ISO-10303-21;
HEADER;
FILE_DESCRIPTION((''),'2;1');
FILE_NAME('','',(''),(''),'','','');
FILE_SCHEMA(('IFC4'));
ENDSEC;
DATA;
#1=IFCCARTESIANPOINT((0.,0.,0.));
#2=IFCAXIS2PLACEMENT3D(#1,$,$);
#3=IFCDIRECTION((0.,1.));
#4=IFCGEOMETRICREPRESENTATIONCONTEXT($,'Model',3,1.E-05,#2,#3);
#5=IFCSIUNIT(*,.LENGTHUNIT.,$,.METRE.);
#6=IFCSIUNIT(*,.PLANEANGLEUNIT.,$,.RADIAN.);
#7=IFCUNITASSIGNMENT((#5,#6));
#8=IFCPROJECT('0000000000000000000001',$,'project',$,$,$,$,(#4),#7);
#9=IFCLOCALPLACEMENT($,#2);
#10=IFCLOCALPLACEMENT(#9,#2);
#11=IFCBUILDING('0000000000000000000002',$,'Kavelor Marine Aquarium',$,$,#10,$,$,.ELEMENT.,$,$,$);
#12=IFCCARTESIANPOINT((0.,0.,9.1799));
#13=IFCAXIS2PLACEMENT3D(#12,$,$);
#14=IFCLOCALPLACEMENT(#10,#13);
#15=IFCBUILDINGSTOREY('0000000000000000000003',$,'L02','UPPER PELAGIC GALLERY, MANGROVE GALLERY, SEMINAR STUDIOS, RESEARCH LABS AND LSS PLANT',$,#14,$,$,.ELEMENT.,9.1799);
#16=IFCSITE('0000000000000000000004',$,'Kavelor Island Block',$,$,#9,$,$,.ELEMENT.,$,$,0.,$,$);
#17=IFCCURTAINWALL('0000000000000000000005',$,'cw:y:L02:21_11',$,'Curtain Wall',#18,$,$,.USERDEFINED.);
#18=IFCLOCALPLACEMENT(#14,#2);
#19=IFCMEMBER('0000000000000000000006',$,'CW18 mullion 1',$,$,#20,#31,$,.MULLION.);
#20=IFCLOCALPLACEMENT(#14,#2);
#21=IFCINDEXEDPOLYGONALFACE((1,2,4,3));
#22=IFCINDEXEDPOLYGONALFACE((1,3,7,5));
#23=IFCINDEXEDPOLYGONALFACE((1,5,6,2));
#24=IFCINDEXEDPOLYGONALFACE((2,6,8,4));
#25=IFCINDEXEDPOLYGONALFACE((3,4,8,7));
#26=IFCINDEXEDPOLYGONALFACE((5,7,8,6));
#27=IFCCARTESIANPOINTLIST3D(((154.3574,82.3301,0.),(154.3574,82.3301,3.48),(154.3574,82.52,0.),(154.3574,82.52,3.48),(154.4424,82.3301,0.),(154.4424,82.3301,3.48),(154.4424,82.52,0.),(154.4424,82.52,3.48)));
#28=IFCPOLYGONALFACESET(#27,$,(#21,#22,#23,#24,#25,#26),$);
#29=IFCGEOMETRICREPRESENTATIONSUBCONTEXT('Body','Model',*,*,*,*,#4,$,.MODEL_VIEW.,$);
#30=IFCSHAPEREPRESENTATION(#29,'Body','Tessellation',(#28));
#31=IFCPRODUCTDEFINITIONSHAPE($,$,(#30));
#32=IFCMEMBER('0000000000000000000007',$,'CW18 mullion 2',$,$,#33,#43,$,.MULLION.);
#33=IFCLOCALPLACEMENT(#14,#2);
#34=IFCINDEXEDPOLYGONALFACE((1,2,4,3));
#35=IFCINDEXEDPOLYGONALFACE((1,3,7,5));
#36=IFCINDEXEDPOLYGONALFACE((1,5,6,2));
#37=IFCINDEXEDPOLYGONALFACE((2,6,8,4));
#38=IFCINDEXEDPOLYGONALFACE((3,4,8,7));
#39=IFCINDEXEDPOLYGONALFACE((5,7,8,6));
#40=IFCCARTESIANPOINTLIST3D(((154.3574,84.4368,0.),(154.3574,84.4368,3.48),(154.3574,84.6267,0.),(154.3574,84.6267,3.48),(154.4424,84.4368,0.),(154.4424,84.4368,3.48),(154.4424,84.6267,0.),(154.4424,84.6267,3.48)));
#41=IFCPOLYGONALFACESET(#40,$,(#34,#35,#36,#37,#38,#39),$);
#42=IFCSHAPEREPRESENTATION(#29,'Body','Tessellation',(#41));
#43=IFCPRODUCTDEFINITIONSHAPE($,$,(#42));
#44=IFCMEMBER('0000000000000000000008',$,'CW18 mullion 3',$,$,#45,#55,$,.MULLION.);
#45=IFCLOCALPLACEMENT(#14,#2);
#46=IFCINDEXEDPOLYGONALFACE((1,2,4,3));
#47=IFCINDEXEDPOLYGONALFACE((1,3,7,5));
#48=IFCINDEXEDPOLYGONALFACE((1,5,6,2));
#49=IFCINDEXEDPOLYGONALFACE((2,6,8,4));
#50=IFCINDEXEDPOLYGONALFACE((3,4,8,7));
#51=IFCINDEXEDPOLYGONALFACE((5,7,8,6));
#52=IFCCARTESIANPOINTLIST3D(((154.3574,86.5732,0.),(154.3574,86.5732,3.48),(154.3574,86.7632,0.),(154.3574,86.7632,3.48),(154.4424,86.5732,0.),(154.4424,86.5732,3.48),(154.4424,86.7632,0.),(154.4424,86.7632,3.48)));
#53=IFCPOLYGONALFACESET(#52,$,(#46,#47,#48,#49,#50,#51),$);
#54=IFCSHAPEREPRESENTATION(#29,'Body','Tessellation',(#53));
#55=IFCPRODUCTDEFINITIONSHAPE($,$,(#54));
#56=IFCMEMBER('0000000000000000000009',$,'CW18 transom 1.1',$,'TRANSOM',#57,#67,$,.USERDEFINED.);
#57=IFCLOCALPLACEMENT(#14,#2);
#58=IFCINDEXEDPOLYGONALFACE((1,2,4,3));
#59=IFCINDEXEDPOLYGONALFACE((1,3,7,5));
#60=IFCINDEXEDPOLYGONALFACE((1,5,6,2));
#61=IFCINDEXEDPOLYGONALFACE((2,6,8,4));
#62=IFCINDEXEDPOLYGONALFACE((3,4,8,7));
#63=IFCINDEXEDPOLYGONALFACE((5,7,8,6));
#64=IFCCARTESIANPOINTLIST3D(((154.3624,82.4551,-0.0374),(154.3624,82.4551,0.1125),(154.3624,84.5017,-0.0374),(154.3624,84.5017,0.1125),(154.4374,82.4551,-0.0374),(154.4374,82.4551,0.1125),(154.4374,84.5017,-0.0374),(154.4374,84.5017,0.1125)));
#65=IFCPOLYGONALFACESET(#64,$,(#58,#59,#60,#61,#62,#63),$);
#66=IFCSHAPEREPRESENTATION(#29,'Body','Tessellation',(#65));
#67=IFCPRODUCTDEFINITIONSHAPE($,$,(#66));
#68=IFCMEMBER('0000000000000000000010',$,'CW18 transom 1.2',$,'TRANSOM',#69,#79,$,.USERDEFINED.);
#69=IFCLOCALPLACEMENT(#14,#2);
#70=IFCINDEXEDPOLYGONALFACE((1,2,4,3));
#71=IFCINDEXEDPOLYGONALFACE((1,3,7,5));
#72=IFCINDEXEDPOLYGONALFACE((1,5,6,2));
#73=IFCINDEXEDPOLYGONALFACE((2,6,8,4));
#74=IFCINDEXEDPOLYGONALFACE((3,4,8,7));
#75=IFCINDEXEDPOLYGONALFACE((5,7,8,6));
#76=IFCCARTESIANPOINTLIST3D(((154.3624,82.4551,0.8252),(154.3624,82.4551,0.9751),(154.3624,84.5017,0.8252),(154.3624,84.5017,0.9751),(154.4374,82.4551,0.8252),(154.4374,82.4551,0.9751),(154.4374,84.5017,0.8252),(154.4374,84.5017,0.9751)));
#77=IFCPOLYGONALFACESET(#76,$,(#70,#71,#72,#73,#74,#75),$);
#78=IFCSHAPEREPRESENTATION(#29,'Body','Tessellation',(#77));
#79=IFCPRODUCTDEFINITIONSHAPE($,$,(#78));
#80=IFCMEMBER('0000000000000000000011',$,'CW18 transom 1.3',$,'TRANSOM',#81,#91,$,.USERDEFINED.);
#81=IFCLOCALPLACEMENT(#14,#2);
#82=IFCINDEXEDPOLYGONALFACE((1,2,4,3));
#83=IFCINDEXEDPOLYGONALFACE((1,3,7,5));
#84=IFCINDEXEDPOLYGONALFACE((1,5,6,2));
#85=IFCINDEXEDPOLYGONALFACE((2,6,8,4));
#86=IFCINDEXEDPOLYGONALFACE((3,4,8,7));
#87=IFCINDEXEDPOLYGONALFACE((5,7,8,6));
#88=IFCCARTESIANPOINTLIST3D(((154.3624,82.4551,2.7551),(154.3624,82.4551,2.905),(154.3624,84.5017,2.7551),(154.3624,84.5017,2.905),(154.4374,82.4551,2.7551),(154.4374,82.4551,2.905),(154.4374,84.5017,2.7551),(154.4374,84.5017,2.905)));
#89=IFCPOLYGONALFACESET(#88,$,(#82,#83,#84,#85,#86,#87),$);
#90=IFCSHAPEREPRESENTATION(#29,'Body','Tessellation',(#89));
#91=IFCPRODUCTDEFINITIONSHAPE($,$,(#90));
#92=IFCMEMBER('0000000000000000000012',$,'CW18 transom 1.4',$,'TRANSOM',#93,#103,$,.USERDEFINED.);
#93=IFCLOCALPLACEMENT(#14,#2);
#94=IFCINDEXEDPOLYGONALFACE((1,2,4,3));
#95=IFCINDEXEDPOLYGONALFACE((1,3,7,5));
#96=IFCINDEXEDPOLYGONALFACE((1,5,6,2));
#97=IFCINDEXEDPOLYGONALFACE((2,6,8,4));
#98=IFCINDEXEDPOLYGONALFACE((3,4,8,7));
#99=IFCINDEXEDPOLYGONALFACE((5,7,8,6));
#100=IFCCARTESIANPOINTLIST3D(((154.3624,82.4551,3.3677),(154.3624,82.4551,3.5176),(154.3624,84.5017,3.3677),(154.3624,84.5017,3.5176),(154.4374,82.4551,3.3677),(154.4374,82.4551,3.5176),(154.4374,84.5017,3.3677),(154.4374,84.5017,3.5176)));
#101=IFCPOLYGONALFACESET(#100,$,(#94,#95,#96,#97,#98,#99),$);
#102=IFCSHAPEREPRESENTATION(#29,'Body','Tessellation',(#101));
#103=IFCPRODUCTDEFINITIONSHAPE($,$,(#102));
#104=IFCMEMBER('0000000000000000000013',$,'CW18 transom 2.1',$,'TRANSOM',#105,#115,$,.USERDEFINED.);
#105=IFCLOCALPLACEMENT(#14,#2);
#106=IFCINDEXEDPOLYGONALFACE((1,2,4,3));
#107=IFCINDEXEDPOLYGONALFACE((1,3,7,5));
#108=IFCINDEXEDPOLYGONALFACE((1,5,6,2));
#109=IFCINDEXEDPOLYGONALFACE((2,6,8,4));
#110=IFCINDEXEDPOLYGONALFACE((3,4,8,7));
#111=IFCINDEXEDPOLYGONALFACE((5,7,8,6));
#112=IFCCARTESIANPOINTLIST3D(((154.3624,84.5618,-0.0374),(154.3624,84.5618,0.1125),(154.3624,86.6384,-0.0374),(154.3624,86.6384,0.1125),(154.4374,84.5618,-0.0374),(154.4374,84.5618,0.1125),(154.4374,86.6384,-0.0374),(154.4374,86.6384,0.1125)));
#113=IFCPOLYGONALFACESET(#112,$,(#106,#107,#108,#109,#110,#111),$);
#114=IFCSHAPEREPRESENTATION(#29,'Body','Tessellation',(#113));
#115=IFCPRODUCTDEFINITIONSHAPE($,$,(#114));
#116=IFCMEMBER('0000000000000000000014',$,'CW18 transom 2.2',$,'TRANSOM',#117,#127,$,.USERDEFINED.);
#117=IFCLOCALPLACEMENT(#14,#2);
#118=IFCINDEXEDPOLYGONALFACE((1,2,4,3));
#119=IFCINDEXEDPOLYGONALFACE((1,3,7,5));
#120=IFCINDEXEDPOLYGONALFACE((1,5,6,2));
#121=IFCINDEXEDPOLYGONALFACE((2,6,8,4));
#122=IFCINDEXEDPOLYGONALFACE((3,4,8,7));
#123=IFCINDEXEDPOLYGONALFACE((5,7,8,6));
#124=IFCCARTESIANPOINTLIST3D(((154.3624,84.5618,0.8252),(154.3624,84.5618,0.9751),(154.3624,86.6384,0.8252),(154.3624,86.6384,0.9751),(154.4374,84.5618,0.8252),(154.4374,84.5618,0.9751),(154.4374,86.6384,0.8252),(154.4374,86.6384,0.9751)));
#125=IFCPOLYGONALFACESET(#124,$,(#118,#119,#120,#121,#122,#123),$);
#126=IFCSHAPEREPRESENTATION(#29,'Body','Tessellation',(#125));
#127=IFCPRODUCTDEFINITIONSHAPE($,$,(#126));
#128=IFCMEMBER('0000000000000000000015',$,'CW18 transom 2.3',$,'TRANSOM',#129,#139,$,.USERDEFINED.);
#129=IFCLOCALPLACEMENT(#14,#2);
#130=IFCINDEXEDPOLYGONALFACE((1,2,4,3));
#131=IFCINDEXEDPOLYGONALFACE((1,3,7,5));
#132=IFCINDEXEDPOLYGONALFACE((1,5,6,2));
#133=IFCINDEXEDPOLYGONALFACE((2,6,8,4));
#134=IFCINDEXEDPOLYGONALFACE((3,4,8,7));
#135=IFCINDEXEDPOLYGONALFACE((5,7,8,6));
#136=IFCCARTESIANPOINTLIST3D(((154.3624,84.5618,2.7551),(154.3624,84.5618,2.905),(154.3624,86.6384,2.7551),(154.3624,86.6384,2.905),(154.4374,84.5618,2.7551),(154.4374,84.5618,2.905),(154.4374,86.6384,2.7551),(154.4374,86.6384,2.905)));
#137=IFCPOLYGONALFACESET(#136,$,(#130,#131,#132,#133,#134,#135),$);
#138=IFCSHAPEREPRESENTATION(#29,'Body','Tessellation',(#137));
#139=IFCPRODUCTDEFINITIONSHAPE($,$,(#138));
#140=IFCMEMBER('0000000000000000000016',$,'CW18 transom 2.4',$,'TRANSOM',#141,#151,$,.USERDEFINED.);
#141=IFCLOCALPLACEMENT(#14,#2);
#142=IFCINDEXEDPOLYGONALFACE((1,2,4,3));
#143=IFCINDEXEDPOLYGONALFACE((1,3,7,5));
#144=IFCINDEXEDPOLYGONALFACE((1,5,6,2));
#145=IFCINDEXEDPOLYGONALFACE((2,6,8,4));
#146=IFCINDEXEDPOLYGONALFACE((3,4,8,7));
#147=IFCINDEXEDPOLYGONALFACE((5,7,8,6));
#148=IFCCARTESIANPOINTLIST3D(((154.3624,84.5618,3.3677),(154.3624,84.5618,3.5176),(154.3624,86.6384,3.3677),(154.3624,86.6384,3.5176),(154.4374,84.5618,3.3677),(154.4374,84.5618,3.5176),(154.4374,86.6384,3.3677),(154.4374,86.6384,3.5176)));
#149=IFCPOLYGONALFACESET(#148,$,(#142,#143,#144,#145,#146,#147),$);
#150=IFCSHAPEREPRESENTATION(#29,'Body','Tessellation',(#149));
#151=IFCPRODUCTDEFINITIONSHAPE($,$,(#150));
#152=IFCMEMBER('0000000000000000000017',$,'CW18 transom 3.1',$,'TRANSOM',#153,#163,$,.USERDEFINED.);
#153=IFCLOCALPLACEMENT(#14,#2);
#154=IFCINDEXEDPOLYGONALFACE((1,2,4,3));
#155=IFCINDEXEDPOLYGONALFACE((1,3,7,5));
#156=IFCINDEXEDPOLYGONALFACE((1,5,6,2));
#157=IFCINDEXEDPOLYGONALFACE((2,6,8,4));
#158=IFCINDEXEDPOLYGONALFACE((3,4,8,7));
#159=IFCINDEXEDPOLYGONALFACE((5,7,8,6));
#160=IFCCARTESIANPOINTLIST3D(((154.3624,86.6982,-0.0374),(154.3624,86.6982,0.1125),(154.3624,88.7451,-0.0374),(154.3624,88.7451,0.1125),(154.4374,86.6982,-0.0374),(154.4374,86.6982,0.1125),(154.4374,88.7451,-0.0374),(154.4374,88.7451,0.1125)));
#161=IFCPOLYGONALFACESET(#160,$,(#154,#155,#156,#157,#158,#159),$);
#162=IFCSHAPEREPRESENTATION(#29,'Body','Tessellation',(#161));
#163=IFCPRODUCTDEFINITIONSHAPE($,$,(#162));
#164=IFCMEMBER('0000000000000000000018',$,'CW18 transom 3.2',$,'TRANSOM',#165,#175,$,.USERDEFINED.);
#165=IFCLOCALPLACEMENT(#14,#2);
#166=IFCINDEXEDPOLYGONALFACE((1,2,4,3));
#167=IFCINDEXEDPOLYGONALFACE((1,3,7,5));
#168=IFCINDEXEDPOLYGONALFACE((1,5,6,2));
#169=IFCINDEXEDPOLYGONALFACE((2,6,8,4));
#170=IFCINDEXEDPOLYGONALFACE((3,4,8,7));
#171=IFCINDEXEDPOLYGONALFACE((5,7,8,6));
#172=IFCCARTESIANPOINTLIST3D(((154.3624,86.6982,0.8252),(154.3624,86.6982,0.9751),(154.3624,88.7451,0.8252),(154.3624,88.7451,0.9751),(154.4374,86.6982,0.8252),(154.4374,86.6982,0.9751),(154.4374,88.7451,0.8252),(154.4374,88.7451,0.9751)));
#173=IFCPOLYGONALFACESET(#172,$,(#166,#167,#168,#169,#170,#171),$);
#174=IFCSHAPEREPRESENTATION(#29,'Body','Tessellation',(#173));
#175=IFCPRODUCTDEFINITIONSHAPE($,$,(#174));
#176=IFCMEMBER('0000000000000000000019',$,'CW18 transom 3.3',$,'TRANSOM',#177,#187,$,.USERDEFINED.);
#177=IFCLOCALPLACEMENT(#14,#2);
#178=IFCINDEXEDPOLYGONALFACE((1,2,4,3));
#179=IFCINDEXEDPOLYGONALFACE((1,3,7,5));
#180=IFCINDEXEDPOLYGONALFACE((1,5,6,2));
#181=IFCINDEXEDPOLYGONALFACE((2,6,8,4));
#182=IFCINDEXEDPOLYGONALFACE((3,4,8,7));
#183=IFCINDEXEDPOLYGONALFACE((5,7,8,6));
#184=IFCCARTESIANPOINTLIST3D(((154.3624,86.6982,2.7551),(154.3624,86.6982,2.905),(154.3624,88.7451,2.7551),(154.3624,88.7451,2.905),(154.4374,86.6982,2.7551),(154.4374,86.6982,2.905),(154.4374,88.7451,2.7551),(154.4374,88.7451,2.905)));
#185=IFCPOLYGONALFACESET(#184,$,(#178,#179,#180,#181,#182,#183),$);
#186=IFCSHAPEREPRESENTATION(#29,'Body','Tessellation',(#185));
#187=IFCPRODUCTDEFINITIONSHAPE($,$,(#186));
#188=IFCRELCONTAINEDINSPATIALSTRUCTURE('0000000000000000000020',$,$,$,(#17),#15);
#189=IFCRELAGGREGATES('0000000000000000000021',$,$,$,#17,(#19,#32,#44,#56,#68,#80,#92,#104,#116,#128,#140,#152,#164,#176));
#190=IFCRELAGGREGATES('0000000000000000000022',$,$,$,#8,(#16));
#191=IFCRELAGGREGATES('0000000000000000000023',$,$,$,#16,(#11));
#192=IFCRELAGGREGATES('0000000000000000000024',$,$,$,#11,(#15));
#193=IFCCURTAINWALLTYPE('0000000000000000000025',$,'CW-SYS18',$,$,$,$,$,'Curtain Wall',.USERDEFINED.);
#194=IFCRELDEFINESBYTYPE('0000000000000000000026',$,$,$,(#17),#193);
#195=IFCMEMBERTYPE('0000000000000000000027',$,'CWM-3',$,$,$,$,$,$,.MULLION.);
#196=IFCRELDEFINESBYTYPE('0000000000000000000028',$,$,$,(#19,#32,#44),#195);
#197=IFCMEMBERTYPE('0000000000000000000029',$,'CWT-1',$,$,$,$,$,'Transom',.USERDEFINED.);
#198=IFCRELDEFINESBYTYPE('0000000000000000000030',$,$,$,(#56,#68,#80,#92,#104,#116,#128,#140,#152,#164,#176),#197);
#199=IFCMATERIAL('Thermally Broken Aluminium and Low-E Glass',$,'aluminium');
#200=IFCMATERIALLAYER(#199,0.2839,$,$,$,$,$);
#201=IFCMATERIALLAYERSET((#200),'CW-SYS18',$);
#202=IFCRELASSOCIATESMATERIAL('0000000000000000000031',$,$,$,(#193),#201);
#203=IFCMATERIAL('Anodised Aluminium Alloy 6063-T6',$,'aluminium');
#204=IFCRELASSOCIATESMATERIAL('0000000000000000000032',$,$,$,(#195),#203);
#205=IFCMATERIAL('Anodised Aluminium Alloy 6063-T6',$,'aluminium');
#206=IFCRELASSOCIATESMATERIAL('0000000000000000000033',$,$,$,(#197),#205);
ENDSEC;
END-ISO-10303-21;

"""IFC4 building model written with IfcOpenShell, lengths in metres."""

from ifc_helpers import new_model, si_unit, direction, frame, origin, origin_2d, place, context, subcontext, project, spatial, rectangle, extrude, material, layer, layer_set, material_profile, profile_set, type_object, element, aggregate, save


model = new_model("IFC4")

# Units and contexts
model_context = context("Model", 3, precision=1e-05, world=origin(), true_north=direction((0.0, 1.0)))
body_context = subcontext(model_context, "Body", "Model", "MODEL_VIEW")
ifc_project = project(units=[si_unit("LENGTHUNIT", "METRE"), si_unit("PLANEANGLEUNIT", "RADIAN")], contexts=[model_context])

# Site, building, storey
site_placement = place(None, origin())
site = spatial("IfcSite", under=ifc_project, at=site_placement, Name="Kavelor Island Block", CompositionType="ELEMENT", RefElevation=0.0)
building_placement = place(site_placement, origin())
building = spatial("IfcBuilding", under=site, at=building_placement, Name="Kavelor Marine Aquarium", CompositionType="ELEMENT")
storey_placement = place(building_placement, frame((0.0, 0.0, 9.1799)))
storey = spatial("IfcBuildingStorey", under=building, at=storey_placement, Name="L02", Description="UPPER PELAGIC GALLERY, MANGROVE GALLERY, SEMINAR STUDIOS, RESEARCH LABS AND LSS PLANT", CompositionType="ELEMENT", Elevation=9.1799)

# Curtain wall, members
ifc_material_1 = material(Name="Thermally Broken Aluminium and Low-E Glass", Category="aluminium")
ifc_layer_1 = layer(ifc_material_1, 0.2839)
ifc_layer_set_1 = layer_set([ifc_layer_1], Name="CW-SYS18")
curtain_wall_type = type_object("IfcCurtainWallType", Name="CW-SYS18", ElementType="Curtain Wall", PredefinedType="USERDEFINED", material=ifc_layer_set_1)
curtain_wall_placement = place(storey_placement, origin())
curtain_wall = element("IfcCurtainWall", 1, at=curtain_wall_placement, inside=storey, type_object=curtain_wall_type, Name="cw:y:L02:21_11", ObjectType="Curtain Wall", PredefinedType="USERDEFINED")
ifc_material_2 = material(Name="Anodised Aluminium Alloy 6063-T6", Category="aluminium")
ifc_material_profile_1 = material_profile(ifc_material_2, rectangle(XDim=0.085, YDim=0.1899, at=origin_2d()), Name="CW-MUL 85x190")
ifc_profile_set_1 = profile_set([ifc_material_profile_1], Name="Anodised Aluminium Alloy 6063-T6")
member_type_1 = type_object("IfcMemberType", Name="CWM-3", PredefinedType="MULLION", material=ifc_profile_set_1)
member_1_placement = place(storey_placement, frame((154.3999, 82.425, 0.0), z_axis=(0.0, 0.0, 1.0), x_axis=(-1.0, 0.0, 0.0)))
member_1 = element("IfcMember", 2, at=member_1_placement, type_object=member_type_1, Name="CW18 mullion 1", PredefinedType="MULLION", context=body_context, shape_type="SweptSolid", body=[
    extrude(rectangle(XDim=0.085, YDim=0.1899, at=origin_2d()), origin(), (0.0, 0.0, 1.0), 3.48),
])
member_2_placement = place(storey_placement, frame((154.3999, 84.5317, 0.0), z_axis=(0.0, 0.0, 1.0), x_axis=(-1.0, 0.0, 0.0)))
member_2 = element("IfcMember", 3, at=member_2_placement, type_object=member_type_1, Name="CW18 mullion 2", PredefinedType="MULLION", context=body_context, shape_type="SweptSolid", body=[
    extrude(rectangle(XDim=0.085, YDim=0.1899, at=origin_2d()), origin(), (0.0, 0.0, 1.0), 3.48),
])
member_3_placement = place(storey_placement, frame((154.3999, 86.6682, 0.0), z_axis=(0.0, 0.0, 1.0), x_axis=(-1.0, 0.0, 0.0)))
member_3 = element("IfcMember", 4, at=member_3_placement, type_object=member_type_1, Name="CW18 mullion 3", PredefinedType="MULLION", context=body_context, shape_type="SweptSolid", body=[
    extrude(rectangle(XDim=0.085, YDim=0.1899, at=origin_2d()), origin(), (0.0, 0.0, 1.0), 3.48),
])
ifc_material_3 = material(Name="Anodised Aluminium Alloy 6063-T6", Category="aluminium")
ifc_material_profile_2 = material_profile(ifc_material_3, rectangle(XDim=0.075, YDim=0.1499, at=origin_2d()), Name="CW-TRN 75x150")
ifc_profile_set_2 = profile_set([ifc_material_profile_2], Name="Anodised Aluminium Alloy 6063-T6")
member_type_2 = type_object("IfcMemberType", Name="CWT-1", ElementType="Transom", PredefinedType="USERDEFINED", material=ifc_profile_set_2)
member_4_placement = place(storey_placement, frame((154.3999, 82.4551, 0.0376), z_axis=(0.0, 1.0, 0.0), x_axis=(-1.0, 0.0, 0.0)))
member_4 = element("IfcMember", 5, at=member_4_placement, type_object=member_type_2, Name="CW18 transom 1.1", ObjectType="TRANSOM", PredefinedType="USERDEFINED", context=body_context, shape_type="SweptSolid", body=[
    extrude(rectangle(XDim=0.075, YDim=0.1499, at=origin_2d()), origin(), (0.0, 0.0, 1.0), 2.0466),
])
member_5_placement = place(storey_placement, frame((154.3999, 82.4551, 0.9001), z_axis=(0.0, 1.0, 0.0), x_axis=(-1.0, 0.0, 0.0)))
member_5 = element("IfcMember", 6, at=member_5_placement, type_object=member_type_2, Name="CW18 transom 1.2", ObjectType="TRANSOM", PredefinedType="USERDEFINED", context=body_context, shape_type="SweptSolid", body=[
    extrude(rectangle(XDim=0.075, YDim=0.1499, at=origin_2d()), origin(), (0.0, 0.0, 1.0), 2.0466),
])
member_6_placement = place(storey_placement, frame((154.3999, 82.4551, 2.8301), z_axis=(0.0, 1.0, 0.0), x_axis=(-1.0, 0.0, 0.0)))
member_6 = element("IfcMember", 7, at=member_6_placement, type_object=member_type_2, Name="CW18 transom 1.3", ObjectType="TRANSOM", PredefinedType="USERDEFINED", context=body_context, shape_type="SweptSolid", body=[
    extrude(rectangle(XDim=0.075, YDim=0.1499, at=origin_2d()), origin(), (0.0, 0.0, 1.0), 2.0466),
])
member_7_placement = place(storey_placement, frame((154.3999, 82.4551, 3.4426), z_axis=(0.0, 1.0, 0.0), x_axis=(-1.0, 0.0, 0.0)))
member_7 = element("IfcMember", 8, at=member_7_placement, type_object=member_type_2, Name="CW18 transom 1.4", ObjectType="TRANSOM", PredefinedType="USERDEFINED", context=body_context, shape_type="SweptSolid", body=[
    extrude(rectangle(XDim=0.075, YDim=0.1499, at=origin_2d()), origin(), (0.0, 0.0, 1.0), 2.0466),
])
member_8_placement = place(storey_placement, frame((154.3999, 84.5618, 0.0376), z_axis=(0.0, 1.0, 0.0), x_axis=(-1.0, 0.0, 0.0)))
member_8 = element("IfcMember", 9, at=member_8_placement, type_object=member_type_2, Name="CW18 transom 2.1", ObjectType="TRANSOM", PredefinedType="USERDEFINED", context=body_context, shape_type="SweptSolid", body=[
    extrude(rectangle(XDim=0.075, YDim=0.1499, at=origin_2d()), origin(), (0.0, 0.0, 1.0), 2.0767),
])
member_9_placement = place(storey_placement, frame((154.3999, 84.5618, 0.9001), z_axis=(0.0, 1.0, 0.0), x_axis=(-1.0, 0.0, 0.0)))
member_9 = element("IfcMember", 10, at=member_9_placement, type_object=member_type_2, Name="CW18 transom 2.2", ObjectType="TRANSOM", PredefinedType="USERDEFINED", context=body_context, shape_type="SweptSolid", body=[
    extrude(rectangle(XDim=0.075, YDim=0.1499, at=origin_2d()), origin(), (0.0, 0.0, 1.0), 2.0767),
])
member_10_placement = place(storey_placement, frame((154.3999, 84.5618, 2.8301), z_axis=(0.0, 1.0, 0.0), x_axis=(-1.0, 0.0, 0.0)))
member_10 = element("IfcMember", 11, at=member_10_placement, type_object=member_type_2, Name="CW18 transom 2.3", ObjectType="TRANSOM", PredefinedType="USERDEFINED", context=body_context, shape_type="SweptSolid", body=[
    extrude(rectangle(XDim=0.075, YDim=0.1499, at=origin_2d()), origin(), (0.0, 0.0, 1.0), 2.0767),
])
member_11_placement = place(storey_placement, frame((154.3999, 84.5618, 3.4426), z_axis=(0.0, 1.0, 0.0), x_axis=(-1.0, 0.0, 0.0)))
member_11 = element("IfcMember", 12, at=member_11_placement, type_object=member_type_2, Name="CW18 transom 2.4", ObjectType="TRANSOM", PredefinedType="USERDEFINED", context=body_context, shape_type="SweptSolid", body=[
    extrude(rectangle(XDim=0.075, YDim=0.1499, at=origin_2d()), origin(), (0.0, 0.0, 1.0), 2.0767),
])
member_12_placement = place(storey_placement, frame((154.3999, 86.6982, 0.0376), z_axis=(0.0, 1.0, 0.0), x_axis=(-1.0, 0.0, 0.0)))
member_12 = element("IfcMember", 13, at=member_12_placement, type_object=member_type_2, Name="CW18 transom 3.1", ObjectType="TRANSOM", PredefinedType="USERDEFINED", context=body_context, shape_type="SweptSolid", body=[
    extrude(rectangle(XDim=0.075, YDim=0.1499, at=origin_2d()), origin(), (0.0, 0.0, 1.0), 2.0469),
])
member_13_placement = place(storey_placement, frame((154.3999, 86.6982, 0.9001), z_axis=(0.0, 1.0, 0.0), x_axis=(-1.0, 0.0, 0.0)))
member_13 = element("IfcMember", 14, at=member_13_placement, type_object=member_type_2, Name="CW18 transom 3.2", ObjectType="TRANSOM", PredefinedType="USERDEFINED", context=body_context, shape_type="SweptSolid", body=[
    extrude(rectangle(XDim=0.075, YDim=0.1499, at=origin_2d()), origin(), (0.0, 0.0, 1.0), 2.0469),
])
member_14_placement = place(storey_placement, frame((154.3999, 86.6982, 2.8301), z_axis=(0.0, 1.0, 0.0), x_axis=(-1.0, 0.0, 0.0)))
member_14 = element("IfcMember", 15, at=member_14_placement, type_object=member_type_2, Name="CW18 transom 3.3", ObjectType="TRANSOM", PredefinedType="USERDEFINED", context=body_context, shape_type="SweptSolid", body=[
    extrude(rectangle(XDim=0.075, YDim=0.1499, at=origin_2d()), origin(), (0.0, 0.0, 1.0), 2.0469),
])
aggregate(curtain_wall, [member_1, member_2, member_3, member_4, member_5, member_6, member_7, member_8, member_9, member_10, member_11, member_12, member_13, member_14])

save(model, "model.ifc")
